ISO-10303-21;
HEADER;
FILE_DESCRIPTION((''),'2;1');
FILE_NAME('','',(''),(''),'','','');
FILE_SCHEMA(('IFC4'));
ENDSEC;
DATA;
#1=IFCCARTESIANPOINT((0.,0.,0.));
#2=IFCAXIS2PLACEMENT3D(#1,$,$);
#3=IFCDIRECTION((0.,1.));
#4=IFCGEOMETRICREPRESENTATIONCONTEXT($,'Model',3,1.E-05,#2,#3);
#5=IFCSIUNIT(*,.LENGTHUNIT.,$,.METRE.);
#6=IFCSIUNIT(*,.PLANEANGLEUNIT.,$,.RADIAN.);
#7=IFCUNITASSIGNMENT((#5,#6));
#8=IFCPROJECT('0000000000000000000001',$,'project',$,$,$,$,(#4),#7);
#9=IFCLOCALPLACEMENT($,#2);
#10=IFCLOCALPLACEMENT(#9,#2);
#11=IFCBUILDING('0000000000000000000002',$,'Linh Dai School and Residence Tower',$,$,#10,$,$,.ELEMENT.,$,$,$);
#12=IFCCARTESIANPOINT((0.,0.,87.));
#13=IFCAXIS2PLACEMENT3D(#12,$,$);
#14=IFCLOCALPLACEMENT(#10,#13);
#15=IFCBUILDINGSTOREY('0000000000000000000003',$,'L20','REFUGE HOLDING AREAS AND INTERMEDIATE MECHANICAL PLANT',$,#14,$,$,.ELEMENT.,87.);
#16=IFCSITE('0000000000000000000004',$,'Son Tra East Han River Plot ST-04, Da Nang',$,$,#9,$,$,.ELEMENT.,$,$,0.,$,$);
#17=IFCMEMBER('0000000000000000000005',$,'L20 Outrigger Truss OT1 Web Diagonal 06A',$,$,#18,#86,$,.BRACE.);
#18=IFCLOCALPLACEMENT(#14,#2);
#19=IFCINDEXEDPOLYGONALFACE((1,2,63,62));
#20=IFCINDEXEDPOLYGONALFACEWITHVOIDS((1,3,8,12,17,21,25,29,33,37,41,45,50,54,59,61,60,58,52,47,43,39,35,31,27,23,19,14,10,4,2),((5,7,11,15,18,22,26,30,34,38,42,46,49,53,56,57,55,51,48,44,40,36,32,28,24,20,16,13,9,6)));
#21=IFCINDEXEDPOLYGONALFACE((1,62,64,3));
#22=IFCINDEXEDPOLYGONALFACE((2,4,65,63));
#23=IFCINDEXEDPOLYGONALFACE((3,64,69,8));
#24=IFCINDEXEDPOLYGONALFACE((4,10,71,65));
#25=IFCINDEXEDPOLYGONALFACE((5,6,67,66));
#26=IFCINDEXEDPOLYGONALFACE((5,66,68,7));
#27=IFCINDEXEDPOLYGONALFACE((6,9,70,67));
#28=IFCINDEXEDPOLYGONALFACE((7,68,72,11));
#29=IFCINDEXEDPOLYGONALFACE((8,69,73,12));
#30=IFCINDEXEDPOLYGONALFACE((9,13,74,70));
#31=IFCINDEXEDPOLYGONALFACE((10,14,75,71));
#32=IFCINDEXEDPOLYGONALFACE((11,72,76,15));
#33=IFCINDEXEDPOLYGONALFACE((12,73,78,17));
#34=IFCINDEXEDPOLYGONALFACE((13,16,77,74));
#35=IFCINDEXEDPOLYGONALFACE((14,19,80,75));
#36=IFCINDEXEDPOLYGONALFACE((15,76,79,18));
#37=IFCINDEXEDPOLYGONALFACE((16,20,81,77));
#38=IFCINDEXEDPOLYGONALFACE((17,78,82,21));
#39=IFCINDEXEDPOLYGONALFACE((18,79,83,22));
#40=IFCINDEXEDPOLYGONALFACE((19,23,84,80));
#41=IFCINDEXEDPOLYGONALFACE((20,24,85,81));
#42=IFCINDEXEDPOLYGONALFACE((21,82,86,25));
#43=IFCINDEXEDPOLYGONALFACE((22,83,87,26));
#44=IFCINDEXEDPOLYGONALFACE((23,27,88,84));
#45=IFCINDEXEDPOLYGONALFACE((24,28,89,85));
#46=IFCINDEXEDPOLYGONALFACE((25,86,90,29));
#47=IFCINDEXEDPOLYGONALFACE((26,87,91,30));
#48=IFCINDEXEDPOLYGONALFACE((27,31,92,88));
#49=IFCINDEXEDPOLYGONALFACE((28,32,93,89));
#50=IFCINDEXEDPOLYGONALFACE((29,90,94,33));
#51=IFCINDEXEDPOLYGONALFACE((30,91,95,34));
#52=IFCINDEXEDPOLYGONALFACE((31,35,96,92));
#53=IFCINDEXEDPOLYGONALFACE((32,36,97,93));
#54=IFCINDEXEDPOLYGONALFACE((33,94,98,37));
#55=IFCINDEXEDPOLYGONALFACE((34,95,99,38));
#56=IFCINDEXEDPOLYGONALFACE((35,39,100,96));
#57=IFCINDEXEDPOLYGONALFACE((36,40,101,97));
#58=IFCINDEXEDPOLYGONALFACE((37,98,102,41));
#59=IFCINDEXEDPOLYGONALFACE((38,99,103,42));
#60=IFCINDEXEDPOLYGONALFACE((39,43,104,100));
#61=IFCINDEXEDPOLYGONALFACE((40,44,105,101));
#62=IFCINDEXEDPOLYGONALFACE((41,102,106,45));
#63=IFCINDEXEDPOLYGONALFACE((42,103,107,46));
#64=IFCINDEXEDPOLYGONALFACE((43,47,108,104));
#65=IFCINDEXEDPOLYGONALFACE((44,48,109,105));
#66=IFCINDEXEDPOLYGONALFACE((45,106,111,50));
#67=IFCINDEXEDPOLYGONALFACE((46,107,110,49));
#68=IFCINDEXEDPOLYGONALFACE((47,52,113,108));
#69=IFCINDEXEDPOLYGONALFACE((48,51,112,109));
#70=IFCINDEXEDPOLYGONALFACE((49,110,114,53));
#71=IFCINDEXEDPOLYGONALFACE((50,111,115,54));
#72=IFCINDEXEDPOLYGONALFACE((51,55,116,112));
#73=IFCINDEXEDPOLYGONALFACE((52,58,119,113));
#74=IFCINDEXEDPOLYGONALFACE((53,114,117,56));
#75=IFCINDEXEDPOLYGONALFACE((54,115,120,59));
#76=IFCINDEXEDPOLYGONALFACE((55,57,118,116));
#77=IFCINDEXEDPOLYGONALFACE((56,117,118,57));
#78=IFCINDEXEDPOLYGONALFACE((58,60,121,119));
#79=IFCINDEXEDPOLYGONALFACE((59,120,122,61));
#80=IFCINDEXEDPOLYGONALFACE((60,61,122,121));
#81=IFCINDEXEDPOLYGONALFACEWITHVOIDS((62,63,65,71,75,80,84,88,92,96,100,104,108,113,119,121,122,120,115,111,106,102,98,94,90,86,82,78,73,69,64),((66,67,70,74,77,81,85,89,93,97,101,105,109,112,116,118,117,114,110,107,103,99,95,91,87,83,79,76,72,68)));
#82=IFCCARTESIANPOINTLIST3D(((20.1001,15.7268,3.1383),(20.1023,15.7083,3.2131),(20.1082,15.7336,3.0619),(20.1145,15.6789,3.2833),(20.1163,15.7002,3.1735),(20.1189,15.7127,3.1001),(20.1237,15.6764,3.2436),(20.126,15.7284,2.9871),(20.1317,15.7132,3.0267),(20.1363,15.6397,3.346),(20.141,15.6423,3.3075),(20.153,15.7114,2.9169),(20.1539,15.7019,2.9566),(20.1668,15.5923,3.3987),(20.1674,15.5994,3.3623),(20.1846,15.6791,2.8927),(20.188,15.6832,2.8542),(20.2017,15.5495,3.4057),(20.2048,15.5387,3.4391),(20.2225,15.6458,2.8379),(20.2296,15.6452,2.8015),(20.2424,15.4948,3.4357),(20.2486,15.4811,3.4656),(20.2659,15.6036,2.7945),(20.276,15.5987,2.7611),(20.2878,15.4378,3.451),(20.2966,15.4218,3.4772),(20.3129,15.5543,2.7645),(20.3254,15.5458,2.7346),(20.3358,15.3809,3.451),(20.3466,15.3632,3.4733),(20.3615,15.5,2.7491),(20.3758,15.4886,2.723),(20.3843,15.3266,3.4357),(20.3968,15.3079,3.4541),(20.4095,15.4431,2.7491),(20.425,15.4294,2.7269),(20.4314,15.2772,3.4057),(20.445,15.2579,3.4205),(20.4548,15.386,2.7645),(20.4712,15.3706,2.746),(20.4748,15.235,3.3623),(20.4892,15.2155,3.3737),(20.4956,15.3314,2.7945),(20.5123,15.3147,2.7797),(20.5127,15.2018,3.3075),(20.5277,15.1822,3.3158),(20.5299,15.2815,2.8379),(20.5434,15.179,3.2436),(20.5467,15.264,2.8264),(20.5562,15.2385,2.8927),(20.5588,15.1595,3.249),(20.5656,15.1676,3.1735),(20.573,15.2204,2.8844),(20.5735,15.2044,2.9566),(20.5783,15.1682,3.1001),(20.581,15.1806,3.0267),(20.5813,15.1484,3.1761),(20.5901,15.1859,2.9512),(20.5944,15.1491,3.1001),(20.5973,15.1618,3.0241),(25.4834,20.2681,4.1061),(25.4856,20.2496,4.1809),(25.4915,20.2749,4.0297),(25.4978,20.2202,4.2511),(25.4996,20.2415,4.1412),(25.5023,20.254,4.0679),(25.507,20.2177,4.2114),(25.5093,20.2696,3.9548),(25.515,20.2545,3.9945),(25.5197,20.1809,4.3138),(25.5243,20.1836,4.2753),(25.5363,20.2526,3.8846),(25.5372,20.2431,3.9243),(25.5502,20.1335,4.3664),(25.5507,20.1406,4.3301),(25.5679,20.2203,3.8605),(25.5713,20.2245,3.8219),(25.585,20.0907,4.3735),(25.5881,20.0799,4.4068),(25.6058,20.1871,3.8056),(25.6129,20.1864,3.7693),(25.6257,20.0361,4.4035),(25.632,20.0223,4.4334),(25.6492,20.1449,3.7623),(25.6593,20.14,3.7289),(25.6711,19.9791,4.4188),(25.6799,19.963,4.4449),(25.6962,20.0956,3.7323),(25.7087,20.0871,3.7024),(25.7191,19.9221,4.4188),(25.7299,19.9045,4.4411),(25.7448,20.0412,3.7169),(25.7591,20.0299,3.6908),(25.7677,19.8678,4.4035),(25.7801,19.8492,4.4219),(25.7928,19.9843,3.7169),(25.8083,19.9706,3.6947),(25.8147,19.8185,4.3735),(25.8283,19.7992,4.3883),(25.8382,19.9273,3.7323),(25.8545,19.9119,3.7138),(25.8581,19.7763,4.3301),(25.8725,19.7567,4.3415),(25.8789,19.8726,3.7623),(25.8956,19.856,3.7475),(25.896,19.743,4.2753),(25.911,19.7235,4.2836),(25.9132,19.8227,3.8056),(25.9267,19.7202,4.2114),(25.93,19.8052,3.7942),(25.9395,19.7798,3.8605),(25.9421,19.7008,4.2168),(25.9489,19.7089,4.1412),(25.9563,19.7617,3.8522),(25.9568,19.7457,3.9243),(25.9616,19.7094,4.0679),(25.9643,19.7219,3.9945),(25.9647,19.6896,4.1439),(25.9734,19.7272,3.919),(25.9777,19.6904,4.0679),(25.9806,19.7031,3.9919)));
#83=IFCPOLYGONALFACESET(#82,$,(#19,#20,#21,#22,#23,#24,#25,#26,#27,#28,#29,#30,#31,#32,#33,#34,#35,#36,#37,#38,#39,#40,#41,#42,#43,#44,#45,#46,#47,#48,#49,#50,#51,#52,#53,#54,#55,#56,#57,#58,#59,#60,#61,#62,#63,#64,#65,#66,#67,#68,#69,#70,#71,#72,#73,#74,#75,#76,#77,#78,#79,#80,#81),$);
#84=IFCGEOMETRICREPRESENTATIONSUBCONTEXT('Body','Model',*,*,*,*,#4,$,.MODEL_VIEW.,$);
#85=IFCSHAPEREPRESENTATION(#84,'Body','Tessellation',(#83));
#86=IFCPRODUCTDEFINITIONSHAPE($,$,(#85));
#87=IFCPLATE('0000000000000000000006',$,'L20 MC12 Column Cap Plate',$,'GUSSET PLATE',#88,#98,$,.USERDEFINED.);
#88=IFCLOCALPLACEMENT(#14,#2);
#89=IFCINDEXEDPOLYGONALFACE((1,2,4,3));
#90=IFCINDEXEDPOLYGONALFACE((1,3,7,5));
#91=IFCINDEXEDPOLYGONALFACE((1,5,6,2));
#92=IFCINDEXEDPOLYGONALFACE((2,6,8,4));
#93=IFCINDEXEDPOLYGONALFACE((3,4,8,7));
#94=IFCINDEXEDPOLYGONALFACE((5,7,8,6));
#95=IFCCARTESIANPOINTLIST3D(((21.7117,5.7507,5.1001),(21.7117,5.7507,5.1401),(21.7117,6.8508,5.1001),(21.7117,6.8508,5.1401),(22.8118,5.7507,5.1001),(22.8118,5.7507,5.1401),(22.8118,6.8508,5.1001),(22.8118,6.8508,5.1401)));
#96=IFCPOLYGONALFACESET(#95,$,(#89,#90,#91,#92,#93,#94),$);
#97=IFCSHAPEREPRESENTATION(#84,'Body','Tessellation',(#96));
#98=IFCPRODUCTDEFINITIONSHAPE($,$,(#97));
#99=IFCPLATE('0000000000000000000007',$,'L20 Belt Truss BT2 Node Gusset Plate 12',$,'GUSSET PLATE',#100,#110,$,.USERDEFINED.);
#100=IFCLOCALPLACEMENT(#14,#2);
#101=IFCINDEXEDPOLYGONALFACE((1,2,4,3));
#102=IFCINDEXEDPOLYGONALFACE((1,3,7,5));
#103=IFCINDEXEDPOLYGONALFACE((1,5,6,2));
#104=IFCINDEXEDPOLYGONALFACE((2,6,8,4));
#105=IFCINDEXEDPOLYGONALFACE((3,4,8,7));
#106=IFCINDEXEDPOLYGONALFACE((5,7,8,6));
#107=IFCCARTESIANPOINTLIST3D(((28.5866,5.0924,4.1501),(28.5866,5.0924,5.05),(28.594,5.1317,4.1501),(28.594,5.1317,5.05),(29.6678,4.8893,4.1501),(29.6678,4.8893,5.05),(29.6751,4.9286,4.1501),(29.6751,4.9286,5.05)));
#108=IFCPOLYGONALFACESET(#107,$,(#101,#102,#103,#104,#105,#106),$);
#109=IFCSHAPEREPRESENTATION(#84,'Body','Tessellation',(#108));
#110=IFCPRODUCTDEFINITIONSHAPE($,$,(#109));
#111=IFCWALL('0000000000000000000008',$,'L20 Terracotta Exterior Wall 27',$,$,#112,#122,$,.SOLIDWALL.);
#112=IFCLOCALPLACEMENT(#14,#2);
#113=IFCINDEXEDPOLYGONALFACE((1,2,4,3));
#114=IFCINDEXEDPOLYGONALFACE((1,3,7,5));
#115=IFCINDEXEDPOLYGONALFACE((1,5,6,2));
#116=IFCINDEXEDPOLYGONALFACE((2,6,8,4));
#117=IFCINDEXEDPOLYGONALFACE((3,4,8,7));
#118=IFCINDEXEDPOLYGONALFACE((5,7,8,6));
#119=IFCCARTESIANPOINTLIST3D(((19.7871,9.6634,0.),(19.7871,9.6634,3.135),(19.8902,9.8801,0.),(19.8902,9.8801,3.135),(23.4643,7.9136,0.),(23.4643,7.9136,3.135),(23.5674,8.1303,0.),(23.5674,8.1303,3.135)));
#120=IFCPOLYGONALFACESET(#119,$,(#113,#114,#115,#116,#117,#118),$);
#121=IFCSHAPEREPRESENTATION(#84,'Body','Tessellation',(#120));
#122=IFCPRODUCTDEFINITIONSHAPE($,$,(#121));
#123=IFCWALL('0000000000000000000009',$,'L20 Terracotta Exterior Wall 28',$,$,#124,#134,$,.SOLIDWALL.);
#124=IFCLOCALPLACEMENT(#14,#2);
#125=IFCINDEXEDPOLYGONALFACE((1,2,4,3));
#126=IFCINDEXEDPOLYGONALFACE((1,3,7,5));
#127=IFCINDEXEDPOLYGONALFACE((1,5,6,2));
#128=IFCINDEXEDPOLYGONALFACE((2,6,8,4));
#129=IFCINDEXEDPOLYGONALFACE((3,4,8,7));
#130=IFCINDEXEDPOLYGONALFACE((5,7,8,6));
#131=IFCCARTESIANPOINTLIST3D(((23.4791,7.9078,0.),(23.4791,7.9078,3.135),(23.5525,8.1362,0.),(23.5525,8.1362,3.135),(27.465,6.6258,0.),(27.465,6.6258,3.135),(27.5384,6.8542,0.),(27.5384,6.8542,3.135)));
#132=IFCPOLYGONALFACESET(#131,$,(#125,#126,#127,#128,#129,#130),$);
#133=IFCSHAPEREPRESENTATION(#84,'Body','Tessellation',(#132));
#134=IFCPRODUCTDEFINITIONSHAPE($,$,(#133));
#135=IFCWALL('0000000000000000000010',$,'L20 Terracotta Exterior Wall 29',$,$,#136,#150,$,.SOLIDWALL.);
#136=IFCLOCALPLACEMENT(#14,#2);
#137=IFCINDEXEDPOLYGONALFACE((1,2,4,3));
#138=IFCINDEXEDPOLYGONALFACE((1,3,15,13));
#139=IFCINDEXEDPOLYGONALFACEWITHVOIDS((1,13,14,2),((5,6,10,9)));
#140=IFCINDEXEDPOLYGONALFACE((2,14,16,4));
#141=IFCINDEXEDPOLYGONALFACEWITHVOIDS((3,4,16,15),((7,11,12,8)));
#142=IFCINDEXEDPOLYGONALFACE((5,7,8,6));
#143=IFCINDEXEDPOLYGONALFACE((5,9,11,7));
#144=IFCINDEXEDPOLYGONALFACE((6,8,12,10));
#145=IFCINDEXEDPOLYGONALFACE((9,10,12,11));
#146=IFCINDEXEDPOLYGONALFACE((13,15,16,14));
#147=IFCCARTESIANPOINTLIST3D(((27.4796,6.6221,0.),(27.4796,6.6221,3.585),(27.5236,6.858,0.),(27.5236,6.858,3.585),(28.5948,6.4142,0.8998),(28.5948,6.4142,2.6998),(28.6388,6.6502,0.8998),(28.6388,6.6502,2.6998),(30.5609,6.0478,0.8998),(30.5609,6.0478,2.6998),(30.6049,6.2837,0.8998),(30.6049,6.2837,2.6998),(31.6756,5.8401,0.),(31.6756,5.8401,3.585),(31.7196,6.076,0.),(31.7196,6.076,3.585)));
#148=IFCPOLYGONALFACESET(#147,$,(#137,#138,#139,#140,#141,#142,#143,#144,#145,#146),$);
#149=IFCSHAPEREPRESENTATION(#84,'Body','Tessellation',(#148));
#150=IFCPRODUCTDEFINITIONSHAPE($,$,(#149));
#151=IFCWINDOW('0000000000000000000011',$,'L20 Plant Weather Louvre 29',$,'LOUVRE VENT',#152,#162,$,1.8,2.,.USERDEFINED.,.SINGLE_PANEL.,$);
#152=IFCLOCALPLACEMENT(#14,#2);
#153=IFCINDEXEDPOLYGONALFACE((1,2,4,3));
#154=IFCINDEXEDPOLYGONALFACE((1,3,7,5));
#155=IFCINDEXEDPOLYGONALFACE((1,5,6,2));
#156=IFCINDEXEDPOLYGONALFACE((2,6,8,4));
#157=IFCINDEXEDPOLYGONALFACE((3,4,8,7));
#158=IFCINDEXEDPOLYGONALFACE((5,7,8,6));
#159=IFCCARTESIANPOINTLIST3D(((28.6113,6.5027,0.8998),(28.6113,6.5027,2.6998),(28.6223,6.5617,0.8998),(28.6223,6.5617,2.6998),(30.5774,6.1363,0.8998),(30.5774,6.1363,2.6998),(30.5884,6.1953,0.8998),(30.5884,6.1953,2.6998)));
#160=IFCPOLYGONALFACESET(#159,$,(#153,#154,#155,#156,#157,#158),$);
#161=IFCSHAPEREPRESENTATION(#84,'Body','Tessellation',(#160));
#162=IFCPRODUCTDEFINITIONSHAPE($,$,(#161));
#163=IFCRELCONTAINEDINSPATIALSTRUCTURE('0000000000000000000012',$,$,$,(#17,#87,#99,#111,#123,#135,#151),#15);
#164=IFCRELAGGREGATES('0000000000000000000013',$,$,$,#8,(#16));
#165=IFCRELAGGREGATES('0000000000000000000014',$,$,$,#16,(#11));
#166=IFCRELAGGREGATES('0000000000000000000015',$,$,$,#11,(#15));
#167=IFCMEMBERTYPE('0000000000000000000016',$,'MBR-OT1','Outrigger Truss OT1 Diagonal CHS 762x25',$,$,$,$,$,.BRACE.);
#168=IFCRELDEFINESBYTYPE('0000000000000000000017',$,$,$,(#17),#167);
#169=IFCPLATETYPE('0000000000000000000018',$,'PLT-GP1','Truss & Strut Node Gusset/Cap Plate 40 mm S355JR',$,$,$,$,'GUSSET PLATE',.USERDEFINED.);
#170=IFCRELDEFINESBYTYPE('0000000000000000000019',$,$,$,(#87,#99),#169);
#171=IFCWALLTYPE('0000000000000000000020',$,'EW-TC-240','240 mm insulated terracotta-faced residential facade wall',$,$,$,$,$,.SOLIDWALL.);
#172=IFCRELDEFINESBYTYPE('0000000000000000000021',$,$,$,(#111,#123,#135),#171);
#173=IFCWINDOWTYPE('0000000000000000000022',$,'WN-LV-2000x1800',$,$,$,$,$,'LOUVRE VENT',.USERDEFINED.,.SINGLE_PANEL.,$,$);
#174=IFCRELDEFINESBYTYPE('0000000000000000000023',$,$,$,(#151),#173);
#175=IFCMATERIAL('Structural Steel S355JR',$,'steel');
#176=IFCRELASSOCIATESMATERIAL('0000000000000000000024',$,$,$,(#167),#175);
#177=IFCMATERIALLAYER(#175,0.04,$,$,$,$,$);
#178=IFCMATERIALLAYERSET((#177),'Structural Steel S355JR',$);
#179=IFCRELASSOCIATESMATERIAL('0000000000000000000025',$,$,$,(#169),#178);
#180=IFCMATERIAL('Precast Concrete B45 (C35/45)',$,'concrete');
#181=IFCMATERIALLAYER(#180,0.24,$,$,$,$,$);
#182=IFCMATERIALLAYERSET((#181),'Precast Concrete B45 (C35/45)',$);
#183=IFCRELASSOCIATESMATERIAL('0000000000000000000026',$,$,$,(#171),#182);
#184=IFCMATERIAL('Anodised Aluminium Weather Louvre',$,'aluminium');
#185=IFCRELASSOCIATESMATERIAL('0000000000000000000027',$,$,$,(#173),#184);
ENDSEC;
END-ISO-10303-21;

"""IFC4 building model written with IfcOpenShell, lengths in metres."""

from ifc_helpers import new_model, si_unit, direction, frame, frame_2d, origin, origin_2d, place, context, subcontext, project, spatial, rectangle, hollow_circle, extrude, source, transform, mapped, material, layer, layer_set, material_profile, profile_set, type_object, element, fill, save


model = new_model("IFC4")

# Units and contexts
model_context = context("Model", 3, precision=1e-05, world=origin(), true_north=direction((0.0, 1.0)))
body_context = subcontext(model_context, "Body", "Model", "MODEL_VIEW")
ifc_project = project(units=[si_unit("LENGTHUNIT", "METRE"), si_unit("PLANEANGLEUNIT", "RADIAN")], contexts=[model_context])

# Site, building, storey
site_placement = place(None, origin())
site = spatial("IfcSite", under=ifc_project, at=site_placement, Name="Son Tra East Han River Plot ST-04, Da Nang", CompositionType="ELEMENT", RefElevation=0.0)
building_placement = place(site_placement, origin())
building = spatial("IfcBuilding", under=site, at=building_placement, Name="Linh Dai School and Residence Tower", CompositionType="ELEMENT")
storey_placement = place(building_placement, frame((0.0, 0.0, 87.0)))
storey = spatial("IfcBuildingStorey", under=building, at=storey_placement, Name="L20", Description="REFUGE HOLDING AREAS AND INTERMEDIATE MECHANICAL PLANT", CompositionType="ELEMENT", Elevation=87.0)

# Shared definitions
ifc_material_1 = material(Name="Structural Steel S355JR", Category="steel")

# Member
ifc_material_profile_1 = material_profile(ifc_material_1, hollow_circle(Radius=0.3811, WallThickness=0.0249, at=origin_2d()), Name="CHS 762x25")
ifc_profile_set_1 = profile_set([ifc_material_profile_1], Name="Structural Steel S355JR")
member_type = type_object("IfcMemberType", Name="MBR-OT1", Description="Outrigger Truss OT1 Diagonal CHS 762x25", PredefinedType="BRACE", material=ifc_profile_set_1)
member_1_placement = place(storey_placement, frame((25.7319, 19.9817, 4.0679), z_axis=(-0.757239, -0.638794, -0.136131), x_axis=(0.644796, -0.764354, 0.0)))
element("IfcMember", 1, at=member_1_placement, inside=storey, type_object=member_type, Name="L20 Outrigger Truss OT1 Web Diagonal 06A", PredefinedType="BRACE", context=body_context, shape_type="SweptSolid", body=[
    extrude(hollow_circle(Radius=0.3811, WallThickness=0.0249, at=origin_2d()), origin(), (0.0, 0.0, 1.0), 7.1091),
])

# Plates
ifc_layer_1 = layer(ifc_material_1, 0.04)
ifc_layer_set_1 = layer_set([ifc_layer_1], Name="Structural Steel S355JR")
plate_type = type_object("IfcPlateType", Name="PLT-GP1", Description="Truss & Strut Node Gusset/Cap Plate 40 mm S355JR", ElementType="GUSSET PLATE", PredefinedType="USERDEFINED", material=ifc_layer_set_1)
shared_shape_1 = source(origin(), body_context, "Body", "SweptSolid", [
    extrude(rectangle(XDim=1.1001, YDim=1.1001, at=origin_2d()), origin(), (0.0, 0.0, 1.0), 0.04),
])
plate_1_placement = place(storey_placement, frame((22.2617, 6.3008, 5.1001), z_axis=(0.0, 0.0, 1.0), x_axis=(1.0, 0.0, 0.0)))
element("IfcPlate", 2, at=plate_1_placement, inside=storey, type_object=plate_type, Name="L20 MC12 Column Cap Plate", ObjectType="GUSSET PLATE", PredefinedType="USERDEFINED", context=body_context, shape_type="MappedRepresentation", body=[
    mapped(shared_shape_1, transform((0.0, 0.0, 0.0), x_axis=(1.0, 0.0, 0.0), y_axis=(0.0, 1.0, 0.0), z_axis=(0.0, 0.0, 1.0), scale=1.0)),
])
shared_shape_2 = source(origin(), body_context, "Body", "SweptSolid", [
    extrude(rectangle(XDim=1.1001, YDim=0.04, at=origin_2d()), origin(), (0.0, 0.0, 1.0), 0.8999),
])
plate_2_placement = place(storey_placement, frame((29.1309, 5.0105, 4.1501), z_axis=(0.0, 0.0, 1.0), x_axis=(0.982809, -0.184627, 0.0)))
element("IfcPlate", 3, at=plate_2_placement, inside=storey, type_object=plate_type, Name="L20 Belt Truss BT2 Node Gusset Plate 12", ObjectType="GUSSET PLATE", PredefinedType="USERDEFINED", context=body_context, shape_type="MappedRepresentation", body=[
    mapped(shared_shape_2, transform((0.0, 0.0, 0.0), x_axis=(1.0, 0.0, 0.0), y_axis=(0.0, 1.0, 0.0), z_axis=(0.0, 0.0, 1.0), scale=1.0)),
])

# Walls
ifc_material_2 = material(Name="Precast Concrete B45 (C35/45)", Category="concrete")
ifc_layer_2 = layer(ifc_material_2, 0.24)
ifc_layer_set_2 = layer_set([ifc_layer_2], Name="Precast Concrete B45 (C35/45)")
wall_type_1 = type_object("IfcWallType", Name="EW-TC-240", Description="240 mm insulated terracotta-faced residential facade wall", PredefinedType="SOLIDWALL", material=ifc_layer_set_2)
wall_1_placement = place(storey_placement, frame((23.5159, 8.022, 0.0), z_axis=(0.0, 0.0, 1.0), x_axis=(-0.902986, 0.429671, 0.0)))
element("IfcWall", 4, at=wall_1_placement, inside=storey, type_object=wall_type_1, Name="L20 Terracotta Exterior Wall 27", PredefinedType="SOLIDWALL", context=body_context, shape_type="SweptSolid", body=[
    extrude(rectangle(XDim=4.0723, YDim=0.24, at=frame_2d((2.0361, 0.0))), origin(), (0.0, 0.0, 1.0), 3.135),
])
wall_2_placement = place(storey_placement, frame((27.5017, 6.74, 0.0), z_axis=(0.0, 0.0, 1.0), x_axis=(-0.951972, 0.306187, 0.0)))
element("IfcWall", 5, at=wall_2_placement, inside=storey, type_object=wall_type_1, Name="L20 Terracotta Exterior Wall 28", PredefinedType="SOLIDWALL", context=body_context, shape_type="SweptSolid", body=[
    extrude(rectangle(XDim=4.187, YDim=0.24, at=frame_2d((2.0935, 0.0))), origin(), (0.0, 0.0, 1.0), 3.135),
])

# Wall, opening, window
wall_3_placement = place(storey_placement, frame((31.6978, 5.958, 0.0), z_axis=(0.0, 0.0, 1.0), x_axis=(-0.983074, 0.183207, 0.0)))
wall_3 = element("IfcWall", 6, at=wall_3_placement, inside=storey, type_object=wall_type_1, Name="L20 Terracotta Exterior Wall 29", PredefinedType="SOLIDWALL", context=body_context, shape_type="SweptSolid", body=[
    extrude(rectangle(XDim=4.2683, YDim=0.24, at=frame_2d((2.1343, 0.0))), origin(), (0.0, 0.0, 1.0), 3.585),
])
opening_1_placement = place(wall_3_placement, frame((1.134, 0.0, 0.8999)))
opening_1 = element("IfcOpeningElement", 7, at=opening_1_placement, cuts=wall_3, PredefinedType="OPENING", context=body_context, shape_type="SweptSolid", body=[
    extrude(rectangle(XDim=2.0, YDim=1.8, at=origin_2d()), frame((1.0, 0.1299, 0.8999), z_axis=(0.0, -1.0, 0.0), x_axis=(1.0, 0.0, 0.0)), (0.0, 0.0, 1.0), 0.26),
])
ifc_material_3 = material(Name="Anodised Aluminium Weather Louvre", Category="aluminium")
window_type = type_object("IfcWindowType", Name="WN-LV-2000x1800", ElementType="LOUVRE VENT", PartitioningType="SINGLE_PANEL", PredefinedType="USERDEFINED", material=ifc_material_3)
shared_shape_3 = source(origin(), body_context, "Body", "SweptSolid", [
    extrude(rectangle(XDim=2.0, YDim=1.8, at=origin_2d()), frame((1.0, 0.03, 0.8999), z_axis=(0.0, -1.0, 0.0), x_axis=(1.0, 0.0, 0.0)), (0.0, 0.0, 1.0), 0.0601),
])
window_placement = place(opening_1_placement, origin())
window = element("IfcWindow", 8, at=window_placement, inside=storey, type_object=window_type, Name="L20 Plant Weather Louvre 29", ObjectType="LOUVRE VENT", OverallHeight=1.8, OverallWidth=2.0, PartitioningType="SINGLE_PANEL", PredefinedType="USERDEFINED", context=body_context, shape_type="MappedRepresentation", body=[
    mapped(shared_shape_3, transform((0.0, 0.0, 0.0), x_axis=(1.0, 0.0, 0.0), y_axis=(0.0, 1.0, 0.0), z_axis=(0.0, 0.0, 1.0), scale=1.0)),
])
fill(opening_1, window)

save(model, "model.ifc")
